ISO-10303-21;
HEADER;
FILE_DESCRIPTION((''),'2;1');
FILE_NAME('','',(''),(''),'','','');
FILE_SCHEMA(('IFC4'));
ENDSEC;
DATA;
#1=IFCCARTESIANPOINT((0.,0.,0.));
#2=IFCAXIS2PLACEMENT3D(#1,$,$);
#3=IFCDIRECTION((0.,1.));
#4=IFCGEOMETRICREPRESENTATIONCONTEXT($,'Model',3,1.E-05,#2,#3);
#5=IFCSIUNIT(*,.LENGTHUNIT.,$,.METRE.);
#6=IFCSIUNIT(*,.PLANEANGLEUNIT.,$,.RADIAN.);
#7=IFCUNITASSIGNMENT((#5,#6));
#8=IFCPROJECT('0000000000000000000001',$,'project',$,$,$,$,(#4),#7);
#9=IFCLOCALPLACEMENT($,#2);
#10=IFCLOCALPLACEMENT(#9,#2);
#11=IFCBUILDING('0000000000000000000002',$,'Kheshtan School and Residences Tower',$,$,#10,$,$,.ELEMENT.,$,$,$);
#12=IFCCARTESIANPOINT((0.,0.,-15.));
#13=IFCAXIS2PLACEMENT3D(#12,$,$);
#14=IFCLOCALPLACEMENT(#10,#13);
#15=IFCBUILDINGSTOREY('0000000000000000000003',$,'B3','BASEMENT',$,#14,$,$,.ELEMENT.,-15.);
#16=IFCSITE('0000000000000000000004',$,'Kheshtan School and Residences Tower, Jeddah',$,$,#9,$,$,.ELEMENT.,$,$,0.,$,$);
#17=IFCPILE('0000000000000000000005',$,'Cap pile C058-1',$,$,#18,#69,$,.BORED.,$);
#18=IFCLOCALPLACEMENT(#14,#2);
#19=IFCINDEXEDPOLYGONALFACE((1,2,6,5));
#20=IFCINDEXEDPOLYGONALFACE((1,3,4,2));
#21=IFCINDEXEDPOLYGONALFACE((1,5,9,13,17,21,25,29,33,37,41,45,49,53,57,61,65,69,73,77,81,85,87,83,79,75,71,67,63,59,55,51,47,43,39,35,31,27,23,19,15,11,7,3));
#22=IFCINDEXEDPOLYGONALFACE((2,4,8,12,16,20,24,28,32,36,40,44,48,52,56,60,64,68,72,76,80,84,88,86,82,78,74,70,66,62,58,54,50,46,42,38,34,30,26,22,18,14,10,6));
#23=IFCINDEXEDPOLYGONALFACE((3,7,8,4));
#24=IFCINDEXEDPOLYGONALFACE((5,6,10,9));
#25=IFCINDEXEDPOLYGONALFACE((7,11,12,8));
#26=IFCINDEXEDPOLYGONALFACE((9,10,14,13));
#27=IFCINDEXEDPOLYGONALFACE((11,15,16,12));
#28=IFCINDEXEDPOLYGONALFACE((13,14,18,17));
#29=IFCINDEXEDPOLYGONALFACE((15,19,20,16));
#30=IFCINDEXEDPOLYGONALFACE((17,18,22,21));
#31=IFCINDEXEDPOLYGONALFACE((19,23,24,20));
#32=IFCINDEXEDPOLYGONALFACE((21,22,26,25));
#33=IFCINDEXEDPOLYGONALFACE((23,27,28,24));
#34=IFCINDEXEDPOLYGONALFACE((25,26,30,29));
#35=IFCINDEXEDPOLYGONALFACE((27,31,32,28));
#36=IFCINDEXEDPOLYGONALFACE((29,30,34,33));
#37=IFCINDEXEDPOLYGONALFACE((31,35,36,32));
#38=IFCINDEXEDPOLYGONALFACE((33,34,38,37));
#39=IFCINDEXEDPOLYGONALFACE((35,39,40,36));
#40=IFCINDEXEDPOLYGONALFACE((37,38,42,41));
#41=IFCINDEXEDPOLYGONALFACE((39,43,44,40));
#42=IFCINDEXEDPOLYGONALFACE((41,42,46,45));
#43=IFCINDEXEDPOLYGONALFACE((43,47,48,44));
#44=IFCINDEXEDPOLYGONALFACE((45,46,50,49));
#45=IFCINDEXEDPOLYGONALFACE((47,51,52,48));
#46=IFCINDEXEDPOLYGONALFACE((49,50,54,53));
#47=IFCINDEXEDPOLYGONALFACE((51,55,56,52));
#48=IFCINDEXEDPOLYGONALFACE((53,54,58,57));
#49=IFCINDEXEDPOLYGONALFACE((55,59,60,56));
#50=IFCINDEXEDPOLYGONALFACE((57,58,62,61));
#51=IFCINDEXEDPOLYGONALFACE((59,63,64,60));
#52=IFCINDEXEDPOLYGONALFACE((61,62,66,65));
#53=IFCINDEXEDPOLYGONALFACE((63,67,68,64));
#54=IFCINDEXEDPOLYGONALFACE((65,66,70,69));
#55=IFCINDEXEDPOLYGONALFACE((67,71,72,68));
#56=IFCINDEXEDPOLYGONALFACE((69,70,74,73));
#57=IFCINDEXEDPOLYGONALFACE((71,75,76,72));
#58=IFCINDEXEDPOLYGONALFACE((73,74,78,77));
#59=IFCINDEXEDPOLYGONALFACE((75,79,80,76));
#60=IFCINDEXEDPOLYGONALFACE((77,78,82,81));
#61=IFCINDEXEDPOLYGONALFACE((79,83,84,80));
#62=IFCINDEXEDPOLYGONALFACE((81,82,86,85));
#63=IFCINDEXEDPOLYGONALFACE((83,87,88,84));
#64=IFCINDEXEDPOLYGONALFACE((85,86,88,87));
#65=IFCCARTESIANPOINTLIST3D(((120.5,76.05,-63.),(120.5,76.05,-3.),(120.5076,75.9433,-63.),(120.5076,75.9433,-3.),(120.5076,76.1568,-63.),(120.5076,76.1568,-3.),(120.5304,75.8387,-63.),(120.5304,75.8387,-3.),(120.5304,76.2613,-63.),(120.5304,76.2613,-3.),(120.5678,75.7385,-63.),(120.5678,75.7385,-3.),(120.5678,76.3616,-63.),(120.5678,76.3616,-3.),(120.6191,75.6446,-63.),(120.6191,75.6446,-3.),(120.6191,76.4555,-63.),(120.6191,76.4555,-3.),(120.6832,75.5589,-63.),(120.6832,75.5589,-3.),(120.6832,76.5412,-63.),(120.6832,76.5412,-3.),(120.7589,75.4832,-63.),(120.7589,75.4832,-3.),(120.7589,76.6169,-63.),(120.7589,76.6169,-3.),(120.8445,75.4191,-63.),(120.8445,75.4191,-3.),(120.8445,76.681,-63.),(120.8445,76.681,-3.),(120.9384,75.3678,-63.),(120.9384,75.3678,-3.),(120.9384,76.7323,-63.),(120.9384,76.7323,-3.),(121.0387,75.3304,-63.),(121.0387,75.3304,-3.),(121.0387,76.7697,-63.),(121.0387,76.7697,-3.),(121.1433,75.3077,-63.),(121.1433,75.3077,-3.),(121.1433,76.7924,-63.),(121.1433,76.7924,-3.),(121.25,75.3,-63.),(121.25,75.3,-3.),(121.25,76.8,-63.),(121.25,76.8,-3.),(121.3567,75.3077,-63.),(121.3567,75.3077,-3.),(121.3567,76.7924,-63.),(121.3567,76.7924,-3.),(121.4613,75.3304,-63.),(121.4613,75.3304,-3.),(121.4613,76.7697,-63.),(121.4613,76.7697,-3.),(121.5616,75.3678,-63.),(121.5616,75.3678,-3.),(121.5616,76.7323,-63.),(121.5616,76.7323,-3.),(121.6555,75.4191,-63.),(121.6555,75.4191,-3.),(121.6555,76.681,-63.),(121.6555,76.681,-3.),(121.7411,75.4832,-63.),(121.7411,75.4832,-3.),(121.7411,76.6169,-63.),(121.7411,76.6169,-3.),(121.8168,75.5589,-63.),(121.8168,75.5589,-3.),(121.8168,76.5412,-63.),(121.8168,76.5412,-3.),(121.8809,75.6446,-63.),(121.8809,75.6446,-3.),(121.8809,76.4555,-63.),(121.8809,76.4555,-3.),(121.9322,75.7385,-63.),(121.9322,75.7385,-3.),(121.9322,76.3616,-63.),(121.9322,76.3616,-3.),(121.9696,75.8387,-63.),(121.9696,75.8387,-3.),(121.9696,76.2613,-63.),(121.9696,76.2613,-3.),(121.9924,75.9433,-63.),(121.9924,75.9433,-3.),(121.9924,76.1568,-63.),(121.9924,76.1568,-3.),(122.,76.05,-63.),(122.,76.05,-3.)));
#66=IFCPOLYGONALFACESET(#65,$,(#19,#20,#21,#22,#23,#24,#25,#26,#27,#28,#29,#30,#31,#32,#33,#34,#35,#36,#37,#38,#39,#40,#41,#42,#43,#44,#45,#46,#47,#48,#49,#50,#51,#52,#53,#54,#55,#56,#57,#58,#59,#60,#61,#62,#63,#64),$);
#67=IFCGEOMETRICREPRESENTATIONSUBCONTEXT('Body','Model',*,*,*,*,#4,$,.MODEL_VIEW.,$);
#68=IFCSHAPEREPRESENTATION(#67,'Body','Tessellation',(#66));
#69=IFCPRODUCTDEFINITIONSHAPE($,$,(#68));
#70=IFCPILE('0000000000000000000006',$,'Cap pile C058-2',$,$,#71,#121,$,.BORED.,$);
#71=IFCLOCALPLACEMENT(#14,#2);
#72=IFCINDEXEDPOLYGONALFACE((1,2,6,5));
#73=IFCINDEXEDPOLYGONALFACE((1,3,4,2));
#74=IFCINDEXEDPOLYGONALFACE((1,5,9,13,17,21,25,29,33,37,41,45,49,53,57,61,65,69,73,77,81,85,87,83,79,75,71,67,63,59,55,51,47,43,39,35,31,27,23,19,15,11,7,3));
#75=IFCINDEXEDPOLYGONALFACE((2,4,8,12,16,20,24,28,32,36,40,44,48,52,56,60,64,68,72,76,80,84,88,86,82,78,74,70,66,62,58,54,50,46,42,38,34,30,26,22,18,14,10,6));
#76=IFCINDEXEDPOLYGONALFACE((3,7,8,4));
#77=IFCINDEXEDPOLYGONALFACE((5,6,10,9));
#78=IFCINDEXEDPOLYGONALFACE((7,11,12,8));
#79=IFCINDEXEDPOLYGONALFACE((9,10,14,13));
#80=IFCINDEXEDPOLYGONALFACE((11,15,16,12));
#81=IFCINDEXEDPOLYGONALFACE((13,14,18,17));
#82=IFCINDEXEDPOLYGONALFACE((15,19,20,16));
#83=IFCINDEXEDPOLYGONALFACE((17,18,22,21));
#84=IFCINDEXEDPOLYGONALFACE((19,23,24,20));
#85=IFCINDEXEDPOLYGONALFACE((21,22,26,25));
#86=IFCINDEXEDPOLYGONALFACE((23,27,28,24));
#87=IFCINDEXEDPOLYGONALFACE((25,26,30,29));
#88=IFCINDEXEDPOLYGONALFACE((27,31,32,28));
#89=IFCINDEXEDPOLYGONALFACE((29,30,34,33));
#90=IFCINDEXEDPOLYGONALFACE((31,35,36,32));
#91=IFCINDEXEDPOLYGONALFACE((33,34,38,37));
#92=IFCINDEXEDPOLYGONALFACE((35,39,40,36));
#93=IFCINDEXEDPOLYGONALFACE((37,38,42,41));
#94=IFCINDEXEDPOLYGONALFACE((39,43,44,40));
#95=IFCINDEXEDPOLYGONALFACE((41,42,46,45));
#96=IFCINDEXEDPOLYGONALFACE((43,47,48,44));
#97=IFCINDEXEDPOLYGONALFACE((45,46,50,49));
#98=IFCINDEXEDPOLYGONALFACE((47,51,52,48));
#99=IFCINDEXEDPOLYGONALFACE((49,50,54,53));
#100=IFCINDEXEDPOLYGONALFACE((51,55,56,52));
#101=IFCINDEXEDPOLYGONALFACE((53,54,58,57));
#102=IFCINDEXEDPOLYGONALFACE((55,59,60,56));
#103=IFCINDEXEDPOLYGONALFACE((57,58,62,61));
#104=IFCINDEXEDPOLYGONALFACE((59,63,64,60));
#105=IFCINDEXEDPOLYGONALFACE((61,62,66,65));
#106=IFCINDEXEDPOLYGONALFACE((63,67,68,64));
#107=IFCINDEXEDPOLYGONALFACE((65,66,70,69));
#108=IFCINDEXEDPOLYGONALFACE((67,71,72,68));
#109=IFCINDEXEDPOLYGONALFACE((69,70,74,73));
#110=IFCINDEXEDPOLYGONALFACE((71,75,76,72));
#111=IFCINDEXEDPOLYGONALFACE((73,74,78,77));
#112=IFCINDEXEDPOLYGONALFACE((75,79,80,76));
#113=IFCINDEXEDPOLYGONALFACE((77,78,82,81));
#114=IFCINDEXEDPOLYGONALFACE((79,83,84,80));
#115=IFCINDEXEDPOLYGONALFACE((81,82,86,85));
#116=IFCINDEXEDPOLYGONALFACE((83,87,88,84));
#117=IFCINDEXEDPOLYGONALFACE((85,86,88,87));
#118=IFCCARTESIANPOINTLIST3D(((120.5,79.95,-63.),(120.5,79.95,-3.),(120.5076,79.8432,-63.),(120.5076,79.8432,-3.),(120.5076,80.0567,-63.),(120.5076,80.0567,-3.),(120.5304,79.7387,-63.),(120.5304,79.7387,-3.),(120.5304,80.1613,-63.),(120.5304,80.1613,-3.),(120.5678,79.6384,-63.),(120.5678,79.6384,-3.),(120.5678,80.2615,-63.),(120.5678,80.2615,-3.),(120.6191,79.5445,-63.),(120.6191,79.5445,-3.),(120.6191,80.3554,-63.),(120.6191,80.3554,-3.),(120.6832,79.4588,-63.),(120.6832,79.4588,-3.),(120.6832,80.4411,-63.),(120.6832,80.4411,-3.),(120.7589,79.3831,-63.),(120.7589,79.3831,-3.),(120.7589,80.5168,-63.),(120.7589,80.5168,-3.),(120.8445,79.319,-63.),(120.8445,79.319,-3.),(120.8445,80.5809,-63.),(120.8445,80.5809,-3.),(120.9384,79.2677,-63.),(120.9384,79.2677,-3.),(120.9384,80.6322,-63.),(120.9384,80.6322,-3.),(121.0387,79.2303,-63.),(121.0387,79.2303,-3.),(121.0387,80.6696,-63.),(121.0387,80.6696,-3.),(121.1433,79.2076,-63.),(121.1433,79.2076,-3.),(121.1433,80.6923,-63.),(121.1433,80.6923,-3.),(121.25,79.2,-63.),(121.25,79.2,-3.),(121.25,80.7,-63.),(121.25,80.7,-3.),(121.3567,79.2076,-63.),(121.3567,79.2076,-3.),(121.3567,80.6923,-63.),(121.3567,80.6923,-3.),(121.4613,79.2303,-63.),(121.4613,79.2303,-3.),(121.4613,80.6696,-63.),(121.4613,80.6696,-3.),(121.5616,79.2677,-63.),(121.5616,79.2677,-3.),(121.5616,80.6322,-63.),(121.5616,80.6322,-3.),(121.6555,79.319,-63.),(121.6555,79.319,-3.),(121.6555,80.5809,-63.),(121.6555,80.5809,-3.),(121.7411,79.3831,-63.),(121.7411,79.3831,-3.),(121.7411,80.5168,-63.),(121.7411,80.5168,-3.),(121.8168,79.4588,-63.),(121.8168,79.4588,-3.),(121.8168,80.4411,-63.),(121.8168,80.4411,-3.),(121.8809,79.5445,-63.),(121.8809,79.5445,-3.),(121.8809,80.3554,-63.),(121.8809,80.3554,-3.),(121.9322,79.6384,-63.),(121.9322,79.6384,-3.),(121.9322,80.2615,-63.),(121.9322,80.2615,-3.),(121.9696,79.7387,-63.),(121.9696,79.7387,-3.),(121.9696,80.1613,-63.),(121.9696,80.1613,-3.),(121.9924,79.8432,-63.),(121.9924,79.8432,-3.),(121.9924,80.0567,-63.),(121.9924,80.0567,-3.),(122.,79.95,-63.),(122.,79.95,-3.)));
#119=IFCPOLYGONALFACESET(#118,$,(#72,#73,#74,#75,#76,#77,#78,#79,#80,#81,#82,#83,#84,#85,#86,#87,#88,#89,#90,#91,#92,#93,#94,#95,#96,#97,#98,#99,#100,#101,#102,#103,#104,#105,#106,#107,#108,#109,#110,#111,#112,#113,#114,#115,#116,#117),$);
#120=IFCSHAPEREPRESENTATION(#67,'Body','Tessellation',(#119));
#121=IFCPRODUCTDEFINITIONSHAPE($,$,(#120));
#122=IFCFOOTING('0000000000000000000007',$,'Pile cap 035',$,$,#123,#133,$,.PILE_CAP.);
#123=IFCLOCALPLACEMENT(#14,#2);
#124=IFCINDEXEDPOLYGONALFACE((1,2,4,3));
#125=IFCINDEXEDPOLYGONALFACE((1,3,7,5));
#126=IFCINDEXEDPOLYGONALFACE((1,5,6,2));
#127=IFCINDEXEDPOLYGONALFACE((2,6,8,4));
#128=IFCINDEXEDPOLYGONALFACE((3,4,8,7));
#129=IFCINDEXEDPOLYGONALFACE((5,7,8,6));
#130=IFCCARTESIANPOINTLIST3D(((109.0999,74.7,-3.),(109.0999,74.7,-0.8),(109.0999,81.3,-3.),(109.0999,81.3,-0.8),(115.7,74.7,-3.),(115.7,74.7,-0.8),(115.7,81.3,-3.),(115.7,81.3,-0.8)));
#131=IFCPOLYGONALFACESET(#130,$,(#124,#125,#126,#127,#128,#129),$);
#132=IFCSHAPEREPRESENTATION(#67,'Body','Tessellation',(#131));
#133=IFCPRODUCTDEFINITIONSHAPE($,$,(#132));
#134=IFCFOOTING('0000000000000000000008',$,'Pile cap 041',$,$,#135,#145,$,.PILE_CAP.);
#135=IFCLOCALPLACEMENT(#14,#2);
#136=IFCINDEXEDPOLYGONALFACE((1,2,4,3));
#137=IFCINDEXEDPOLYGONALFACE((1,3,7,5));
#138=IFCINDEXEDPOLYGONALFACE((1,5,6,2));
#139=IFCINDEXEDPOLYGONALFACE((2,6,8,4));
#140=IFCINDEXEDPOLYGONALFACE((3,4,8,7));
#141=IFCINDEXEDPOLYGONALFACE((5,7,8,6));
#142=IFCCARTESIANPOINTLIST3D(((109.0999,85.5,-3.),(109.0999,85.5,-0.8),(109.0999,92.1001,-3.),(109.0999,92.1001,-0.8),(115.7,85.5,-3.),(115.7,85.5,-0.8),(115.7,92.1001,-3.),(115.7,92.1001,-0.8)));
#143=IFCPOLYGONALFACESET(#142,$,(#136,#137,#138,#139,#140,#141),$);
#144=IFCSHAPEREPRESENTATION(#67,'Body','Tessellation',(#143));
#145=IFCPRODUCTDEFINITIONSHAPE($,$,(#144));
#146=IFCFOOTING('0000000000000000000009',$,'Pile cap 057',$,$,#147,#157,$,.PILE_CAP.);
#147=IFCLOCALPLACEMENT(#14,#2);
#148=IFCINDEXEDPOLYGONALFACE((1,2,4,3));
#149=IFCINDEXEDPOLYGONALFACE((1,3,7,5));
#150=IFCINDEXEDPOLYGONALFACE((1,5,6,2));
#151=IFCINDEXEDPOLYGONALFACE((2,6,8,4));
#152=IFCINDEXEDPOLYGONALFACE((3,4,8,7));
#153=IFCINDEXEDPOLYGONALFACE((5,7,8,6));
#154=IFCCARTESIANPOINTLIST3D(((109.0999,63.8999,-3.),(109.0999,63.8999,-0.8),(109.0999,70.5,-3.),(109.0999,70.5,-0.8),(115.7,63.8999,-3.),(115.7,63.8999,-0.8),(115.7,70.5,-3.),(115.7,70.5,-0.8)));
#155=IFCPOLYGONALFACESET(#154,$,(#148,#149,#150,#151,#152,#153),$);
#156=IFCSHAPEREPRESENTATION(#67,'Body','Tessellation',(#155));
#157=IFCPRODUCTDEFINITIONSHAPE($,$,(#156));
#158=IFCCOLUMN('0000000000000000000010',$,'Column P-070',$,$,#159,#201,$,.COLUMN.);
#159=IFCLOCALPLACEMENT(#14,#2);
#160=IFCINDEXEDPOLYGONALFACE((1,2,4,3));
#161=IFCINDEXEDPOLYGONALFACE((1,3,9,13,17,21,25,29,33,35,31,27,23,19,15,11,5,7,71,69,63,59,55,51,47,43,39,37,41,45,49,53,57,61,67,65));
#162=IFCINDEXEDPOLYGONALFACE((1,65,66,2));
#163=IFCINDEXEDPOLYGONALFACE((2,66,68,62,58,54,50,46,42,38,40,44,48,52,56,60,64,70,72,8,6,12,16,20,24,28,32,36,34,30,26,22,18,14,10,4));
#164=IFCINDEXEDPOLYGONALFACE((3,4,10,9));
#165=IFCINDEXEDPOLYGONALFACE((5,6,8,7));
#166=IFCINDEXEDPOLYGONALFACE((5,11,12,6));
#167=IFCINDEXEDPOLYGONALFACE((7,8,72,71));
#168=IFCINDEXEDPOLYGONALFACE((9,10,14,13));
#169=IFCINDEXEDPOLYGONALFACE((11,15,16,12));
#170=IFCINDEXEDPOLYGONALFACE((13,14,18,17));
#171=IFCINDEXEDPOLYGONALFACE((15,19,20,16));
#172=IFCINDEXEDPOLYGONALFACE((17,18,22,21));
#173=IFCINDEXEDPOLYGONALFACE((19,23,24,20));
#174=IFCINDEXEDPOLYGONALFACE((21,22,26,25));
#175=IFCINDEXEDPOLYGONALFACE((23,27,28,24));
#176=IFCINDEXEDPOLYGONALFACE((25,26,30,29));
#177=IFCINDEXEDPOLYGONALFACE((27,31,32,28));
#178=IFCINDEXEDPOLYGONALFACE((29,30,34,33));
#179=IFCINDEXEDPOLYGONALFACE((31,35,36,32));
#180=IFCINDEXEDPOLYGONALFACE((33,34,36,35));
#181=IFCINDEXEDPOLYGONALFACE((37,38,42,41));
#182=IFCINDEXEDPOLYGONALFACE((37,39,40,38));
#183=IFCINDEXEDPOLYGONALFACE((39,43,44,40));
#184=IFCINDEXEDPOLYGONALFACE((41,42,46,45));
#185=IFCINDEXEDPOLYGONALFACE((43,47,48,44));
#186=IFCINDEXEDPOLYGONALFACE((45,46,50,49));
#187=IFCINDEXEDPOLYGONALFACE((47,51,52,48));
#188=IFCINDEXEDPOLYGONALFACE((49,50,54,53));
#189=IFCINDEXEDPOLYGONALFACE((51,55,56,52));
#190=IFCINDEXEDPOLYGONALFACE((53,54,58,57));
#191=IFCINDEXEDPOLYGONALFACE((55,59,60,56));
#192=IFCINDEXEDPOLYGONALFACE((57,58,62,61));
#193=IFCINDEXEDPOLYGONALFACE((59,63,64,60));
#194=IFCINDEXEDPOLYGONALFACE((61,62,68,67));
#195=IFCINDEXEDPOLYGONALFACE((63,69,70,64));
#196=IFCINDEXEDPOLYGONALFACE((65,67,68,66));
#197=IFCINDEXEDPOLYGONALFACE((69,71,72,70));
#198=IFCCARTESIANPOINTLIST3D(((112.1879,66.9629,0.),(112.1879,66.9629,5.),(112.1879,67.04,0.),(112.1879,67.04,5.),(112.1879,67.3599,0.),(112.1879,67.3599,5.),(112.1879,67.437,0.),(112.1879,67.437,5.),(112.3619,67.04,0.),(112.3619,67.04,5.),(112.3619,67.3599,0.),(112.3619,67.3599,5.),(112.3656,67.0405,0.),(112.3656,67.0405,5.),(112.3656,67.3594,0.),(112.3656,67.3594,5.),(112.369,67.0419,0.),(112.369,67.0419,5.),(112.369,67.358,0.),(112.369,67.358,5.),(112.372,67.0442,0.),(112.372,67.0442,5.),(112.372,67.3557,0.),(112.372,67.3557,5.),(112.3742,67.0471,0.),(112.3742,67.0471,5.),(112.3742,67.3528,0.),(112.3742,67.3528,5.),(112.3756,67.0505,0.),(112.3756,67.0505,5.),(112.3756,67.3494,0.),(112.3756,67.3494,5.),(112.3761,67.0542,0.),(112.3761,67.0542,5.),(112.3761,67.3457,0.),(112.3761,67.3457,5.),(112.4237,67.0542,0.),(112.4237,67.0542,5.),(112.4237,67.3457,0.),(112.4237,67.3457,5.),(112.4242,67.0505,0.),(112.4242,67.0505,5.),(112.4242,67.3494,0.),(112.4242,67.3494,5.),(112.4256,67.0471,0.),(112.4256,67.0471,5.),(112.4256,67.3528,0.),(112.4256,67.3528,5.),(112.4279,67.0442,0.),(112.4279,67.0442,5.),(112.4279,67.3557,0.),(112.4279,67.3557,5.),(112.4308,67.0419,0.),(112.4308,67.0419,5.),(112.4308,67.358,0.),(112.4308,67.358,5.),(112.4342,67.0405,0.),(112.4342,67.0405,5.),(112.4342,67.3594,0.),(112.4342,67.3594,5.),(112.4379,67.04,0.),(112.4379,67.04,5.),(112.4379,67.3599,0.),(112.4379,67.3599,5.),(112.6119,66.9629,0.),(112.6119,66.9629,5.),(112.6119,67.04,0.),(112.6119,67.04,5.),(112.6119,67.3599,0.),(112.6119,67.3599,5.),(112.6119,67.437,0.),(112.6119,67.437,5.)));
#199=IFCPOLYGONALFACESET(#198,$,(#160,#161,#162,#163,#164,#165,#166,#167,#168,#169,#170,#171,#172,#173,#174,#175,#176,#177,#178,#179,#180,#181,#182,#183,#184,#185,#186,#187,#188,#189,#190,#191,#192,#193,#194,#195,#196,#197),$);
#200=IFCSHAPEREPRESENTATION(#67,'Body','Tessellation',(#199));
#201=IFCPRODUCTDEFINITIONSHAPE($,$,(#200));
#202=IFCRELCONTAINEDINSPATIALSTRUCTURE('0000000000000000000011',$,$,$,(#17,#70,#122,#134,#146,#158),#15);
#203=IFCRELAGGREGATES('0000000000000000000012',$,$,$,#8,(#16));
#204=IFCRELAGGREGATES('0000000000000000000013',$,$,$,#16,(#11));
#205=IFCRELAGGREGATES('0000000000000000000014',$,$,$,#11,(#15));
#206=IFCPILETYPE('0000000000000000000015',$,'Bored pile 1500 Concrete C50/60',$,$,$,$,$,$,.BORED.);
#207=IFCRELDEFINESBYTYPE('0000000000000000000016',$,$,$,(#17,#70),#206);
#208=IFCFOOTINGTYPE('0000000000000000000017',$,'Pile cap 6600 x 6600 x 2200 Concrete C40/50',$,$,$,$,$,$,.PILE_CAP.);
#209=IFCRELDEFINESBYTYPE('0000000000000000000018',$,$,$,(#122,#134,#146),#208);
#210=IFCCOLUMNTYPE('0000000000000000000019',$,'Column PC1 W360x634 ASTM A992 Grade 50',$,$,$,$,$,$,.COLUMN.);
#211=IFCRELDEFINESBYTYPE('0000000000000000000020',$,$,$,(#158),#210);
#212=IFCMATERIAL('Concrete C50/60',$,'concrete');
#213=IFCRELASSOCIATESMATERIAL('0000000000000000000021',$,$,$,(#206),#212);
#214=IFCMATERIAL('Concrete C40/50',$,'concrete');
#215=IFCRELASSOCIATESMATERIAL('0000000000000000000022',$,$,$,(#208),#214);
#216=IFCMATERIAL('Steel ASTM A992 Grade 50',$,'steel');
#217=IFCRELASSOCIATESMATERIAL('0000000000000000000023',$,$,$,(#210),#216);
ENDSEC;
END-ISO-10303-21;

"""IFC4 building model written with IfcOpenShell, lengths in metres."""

from ifc_helpers import new_model, si_unit, direction, frame, origin, origin_2d, place, context, subcontext, project, spatial, rectangle, circle, i_section, extrude, material, material_profile, profile_set, type_object, element, save


model = new_model("IFC4")

# Units and contexts
model_context = context("Model", 3, precision=1e-05, world=origin(), true_north=direction((0.0, 1.0)))
body_context = subcontext(model_context, "Body", "Model", "MODEL_VIEW")
ifc_project = project(units=[si_unit("LENGTHUNIT", "METRE"), si_unit("PLANEANGLEUNIT", "RADIAN")], contexts=[model_context])

# Site, building, storey
site_placement = place(None, origin())
site = spatial("IfcSite", under=ifc_project, at=site_placement, Name="Kheshtan School and Residences Tower, Jeddah", CompositionType="ELEMENT", RefElevation=0.0)
building_placement = place(site_placement, origin())
building = spatial("IfcBuilding", under=site, at=building_placement, Name="Kheshtan School and Residences Tower", CompositionType="ELEMENT")
storey_placement = place(building_placement, frame((0.0, 0.0, -15.0)))
storey = spatial("IfcBuildingStorey", under=building, at=storey_placement, Name="B3", Description="BASEMENT", CompositionType="ELEMENT", Elevation=-15.0)

# Piles
ifc_material_1 = material(Name="Concrete C50/60", Category="concrete")
ifc_material_profile_1 = material_profile(ifc_material_1, circle(Radius=0.75, at=origin_2d()), Name="BP 1500")
ifc_profile_set_1 = profile_set([ifc_material_profile_1], Name="Concrete C50/60")
pile_type = type_object("IfcPileType", Name="Bored pile 1500 Concrete C50/60", PredefinedType="BORED", material=ifc_profile_set_1)
for number, where, z_axis, x_axis, name in (
    (1, (121.25, 76.05, -3.0), (0.0, 0.0, -1.0), (1.0, 0.0, 0.0), "Cap pile C058-1"),
    (2, (121.25, 79.95, -3.0), (0.0, 0.0, -1.0), (1.0, 0.0, 0.0), "Cap pile C058-2"),
):
    element("IfcPile", number, at=place(storey_placement, frame(where, z_axis=z_axis, x_axis=x_axis)), inside=storey, type_object=pile_type, Name=name, PredefinedType="BORED", context=body_context, shape_type="SweptSolid", body=[
        extrude(circle(Radius=0.75, at=origin_2d()), origin(), (0.0, 0.0, 1.0), 60.0),
    ])

# Footings
ifc_material_2 = material(Name="Concrete C40/50", Category="concrete")
footing_type = type_object("IfcFootingType", Name="Pile cap 6600 x 6600 x 2200 Concrete C40/50", PredefinedType="PILE_CAP", material=ifc_material_2)
for number, where, z_axis, x_axis, name in (
    (3, (112.3999, 78.0, -3.0), (0.0, 0.0, 1.0), (1.0, 0.0, 0.0), "Pile cap 035"),
    (4, (112.3999, 88.8, -3.0), (0.0, 0.0, 1.0), (1.0, 0.0, 0.0), "Pile cap 041"),
    (5, (112.3999, 67.2, -3.0), (0.0, 0.0, 1.0), (1.0, 0.0, 0.0), "Pile cap 057"),
):
    element("IfcFooting", number, at=place(storey_placement, frame(where, z_axis=z_axis, x_axis=x_axis)), inside=storey, type_object=footing_type, Name=name, PredefinedType="PILE_CAP", context=body_context, shape_type="SweptSolid", body=[
        extrude(rectangle(XDim=6.6001, YDim=6.6001, at=origin_2d()), origin(), (0.0, 0.0, 1.0), 2.2),
    ])

# Column
ifc_material_3 = material(Name="Steel ASTM A992 Grade 50", Category="steel")
ifc_material_profile_2 = material_profile(ifc_material_3, i_section(OverallWidth=0.4241, OverallDepth=0.4741, WebThickness=0.0476, FlangeThickness=0.0771, FilletRadius=0.0142, at=origin_2d()), Name="W360x634")
ifc_profile_set_2 = profile_set([ifc_material_profile_2], Name="Steel ASTM A992 Grade 50")
column_type = type_object("IfcColumnType", Name="Column PC1 W360x634 ASTM A992 Grade 50", PredefinedType="COLUMN", material=ifc_profile_set_2)
for number, where, z_axis, x_axis, name in (
    (6, (112.3999, 67.2, 0.0), (0.0, 0.0, 1.0), (1.0, 0.0, 0.0), "Column P-070"),
):
    element("IfcColumn", number, at=place(storey_placement, frame(where, z_axis=z_axis, x_axis=x_axis)), inside=storey, type_object=column_type, Name=name, PredefinedType="COLUMN", context=body_context, shape_type="SweptSolid", body=[
        extrude(i_section(OverallWidth=0.4241, OverallDepth=0.4741, WebThickness=0.0476, FlangeThickness=0.0771, FilletRadius=0.0142, at=origin_2d()), origin(), (0.0, 0.0, 1.0), 5.0),
    ])

save(model, "model.ifc")
